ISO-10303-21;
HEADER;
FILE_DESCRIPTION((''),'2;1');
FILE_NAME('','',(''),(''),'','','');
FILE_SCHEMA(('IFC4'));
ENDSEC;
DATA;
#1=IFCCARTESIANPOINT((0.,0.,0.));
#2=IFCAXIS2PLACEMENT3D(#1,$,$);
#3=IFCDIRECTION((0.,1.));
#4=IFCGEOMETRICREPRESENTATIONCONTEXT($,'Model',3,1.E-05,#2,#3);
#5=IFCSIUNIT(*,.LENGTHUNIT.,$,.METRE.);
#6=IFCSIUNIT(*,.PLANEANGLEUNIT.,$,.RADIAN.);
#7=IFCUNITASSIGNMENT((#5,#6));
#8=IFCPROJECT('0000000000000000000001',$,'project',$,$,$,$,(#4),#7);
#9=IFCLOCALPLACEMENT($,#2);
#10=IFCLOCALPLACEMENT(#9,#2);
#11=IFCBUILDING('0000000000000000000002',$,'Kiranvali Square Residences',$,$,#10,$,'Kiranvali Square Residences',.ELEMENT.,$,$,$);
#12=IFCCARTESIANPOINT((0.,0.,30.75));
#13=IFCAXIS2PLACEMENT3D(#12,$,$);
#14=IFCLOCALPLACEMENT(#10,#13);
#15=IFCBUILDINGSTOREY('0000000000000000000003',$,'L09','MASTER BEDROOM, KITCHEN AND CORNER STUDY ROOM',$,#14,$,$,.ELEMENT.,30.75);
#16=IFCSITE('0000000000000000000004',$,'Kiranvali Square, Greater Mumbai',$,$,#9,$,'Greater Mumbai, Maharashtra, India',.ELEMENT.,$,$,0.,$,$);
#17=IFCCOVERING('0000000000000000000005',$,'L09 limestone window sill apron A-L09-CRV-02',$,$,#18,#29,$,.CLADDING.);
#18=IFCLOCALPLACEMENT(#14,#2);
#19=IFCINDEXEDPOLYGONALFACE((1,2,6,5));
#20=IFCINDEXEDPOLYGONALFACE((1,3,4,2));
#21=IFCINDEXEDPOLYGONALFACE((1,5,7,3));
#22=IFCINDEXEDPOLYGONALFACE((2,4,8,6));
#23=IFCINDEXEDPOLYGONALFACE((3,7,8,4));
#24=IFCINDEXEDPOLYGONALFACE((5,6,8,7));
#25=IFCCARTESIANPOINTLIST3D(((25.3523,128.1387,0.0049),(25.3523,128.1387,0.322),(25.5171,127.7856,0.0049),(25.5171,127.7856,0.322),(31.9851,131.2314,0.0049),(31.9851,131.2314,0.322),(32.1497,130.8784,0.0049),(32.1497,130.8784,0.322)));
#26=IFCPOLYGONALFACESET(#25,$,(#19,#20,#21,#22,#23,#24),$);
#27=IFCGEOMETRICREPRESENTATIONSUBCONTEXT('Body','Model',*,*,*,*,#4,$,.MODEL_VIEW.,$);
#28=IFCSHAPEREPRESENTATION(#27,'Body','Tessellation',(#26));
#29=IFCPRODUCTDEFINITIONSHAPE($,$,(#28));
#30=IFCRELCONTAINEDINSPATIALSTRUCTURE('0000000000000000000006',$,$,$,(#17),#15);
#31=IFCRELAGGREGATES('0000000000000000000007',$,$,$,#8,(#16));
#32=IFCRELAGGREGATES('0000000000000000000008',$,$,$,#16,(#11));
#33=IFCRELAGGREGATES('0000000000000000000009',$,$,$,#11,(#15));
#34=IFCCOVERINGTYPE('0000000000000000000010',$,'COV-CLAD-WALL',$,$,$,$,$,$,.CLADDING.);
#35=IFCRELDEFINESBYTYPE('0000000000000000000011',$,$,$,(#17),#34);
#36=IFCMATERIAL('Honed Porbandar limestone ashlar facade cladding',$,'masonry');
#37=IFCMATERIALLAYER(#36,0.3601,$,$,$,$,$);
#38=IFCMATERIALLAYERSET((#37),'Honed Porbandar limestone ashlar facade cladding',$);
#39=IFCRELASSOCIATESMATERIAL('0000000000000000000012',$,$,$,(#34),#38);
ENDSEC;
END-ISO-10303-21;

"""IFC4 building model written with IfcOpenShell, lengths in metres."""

from ifc_helpers import new_model, si_unit, direction, frame, origin, place, context, subcontext, project, spatial, polyline, outline, extrude, material, layer, layer_set, type_object, element, save


model = new_model("IFC4")

# Units and contexts
model_context = context("Model", 3, precision=1e-05, world=origin(), true_north=direction((0.0, 1.0)))
body_context = subcontext(model_context, "Body", "Model", "MODEL_VIEW")
ifc_project = project(units=[si_unit("LENGTHUNIT", "METRE"), si_unit("PLANEANGLEUNIT", "RADIAN")], contexts=[model_context])

# Site, building, storey
site_placement = place(None, origin())
site = spatial("IfcSite", under=ifc_project, at=site_placement, Name="Kiranvali Square, Greater Mumbai", LongName="Greater Mumbai, Maharashtra, India", CompositionType="ELEMENT", RefElevation=0.0)
building_placement = place(site_placement, origin())
building = spatial("IfcBuilding", under=site, at=building_placement, Name="Kiranvali Square Residences", LongName="Kiranvali Square Residences", CompositionType="ELEMENT")
storey_placement = place(building_placement, frame((0.0, 0.0, 30.75)))
storey = spatial("IfcBuildingStorey", under=building, at=storey_placement, Name="L09", Description="MASTER BEDROOM, KITCHEN AND CORNER STUDY ROOM", CompositionType="ELEMENT", Elevation=30.75)

# Covering
ifc_material = material(Name="Honed Porbandar limestone ashlar facade cladding", Category="masonry")
ifc_layer_1 = layer(ifc_material, 0.3601)
ifc_layer_set_1 = layer_set([ifc_layer_1], Name="Honed Porbandar limestone ashlar facade cladding")
covering_type_1 = type_object("IfcCoveringType", Name="COV-CLAD-WALL", PredefinedType="CLADDING", material=ifc_layer_set_1)
covering_1_placement = place(storey_placement, frame((0.0, 0.0, 0.0049)))
element("IfcCovering", 1, at=covering_1_placement, inside=storey, type_object=covering_type_1, Name="L09 limestone window sill apron A-L09-CRV-02", PredefinedType="CLADDING", context=body_context, shape_type="SweptSolid", body=[
    extrude(outline(polyline([(31.9851, 131.2314), (25.3523, 128.1387), (25.5171, 127.7856), (32.1497, 130.8784), (31.9851, 131.2314)])), origin(), (0.0, 0.0, 1.0), 0.3171),
])

save(model, "model.ifc")
